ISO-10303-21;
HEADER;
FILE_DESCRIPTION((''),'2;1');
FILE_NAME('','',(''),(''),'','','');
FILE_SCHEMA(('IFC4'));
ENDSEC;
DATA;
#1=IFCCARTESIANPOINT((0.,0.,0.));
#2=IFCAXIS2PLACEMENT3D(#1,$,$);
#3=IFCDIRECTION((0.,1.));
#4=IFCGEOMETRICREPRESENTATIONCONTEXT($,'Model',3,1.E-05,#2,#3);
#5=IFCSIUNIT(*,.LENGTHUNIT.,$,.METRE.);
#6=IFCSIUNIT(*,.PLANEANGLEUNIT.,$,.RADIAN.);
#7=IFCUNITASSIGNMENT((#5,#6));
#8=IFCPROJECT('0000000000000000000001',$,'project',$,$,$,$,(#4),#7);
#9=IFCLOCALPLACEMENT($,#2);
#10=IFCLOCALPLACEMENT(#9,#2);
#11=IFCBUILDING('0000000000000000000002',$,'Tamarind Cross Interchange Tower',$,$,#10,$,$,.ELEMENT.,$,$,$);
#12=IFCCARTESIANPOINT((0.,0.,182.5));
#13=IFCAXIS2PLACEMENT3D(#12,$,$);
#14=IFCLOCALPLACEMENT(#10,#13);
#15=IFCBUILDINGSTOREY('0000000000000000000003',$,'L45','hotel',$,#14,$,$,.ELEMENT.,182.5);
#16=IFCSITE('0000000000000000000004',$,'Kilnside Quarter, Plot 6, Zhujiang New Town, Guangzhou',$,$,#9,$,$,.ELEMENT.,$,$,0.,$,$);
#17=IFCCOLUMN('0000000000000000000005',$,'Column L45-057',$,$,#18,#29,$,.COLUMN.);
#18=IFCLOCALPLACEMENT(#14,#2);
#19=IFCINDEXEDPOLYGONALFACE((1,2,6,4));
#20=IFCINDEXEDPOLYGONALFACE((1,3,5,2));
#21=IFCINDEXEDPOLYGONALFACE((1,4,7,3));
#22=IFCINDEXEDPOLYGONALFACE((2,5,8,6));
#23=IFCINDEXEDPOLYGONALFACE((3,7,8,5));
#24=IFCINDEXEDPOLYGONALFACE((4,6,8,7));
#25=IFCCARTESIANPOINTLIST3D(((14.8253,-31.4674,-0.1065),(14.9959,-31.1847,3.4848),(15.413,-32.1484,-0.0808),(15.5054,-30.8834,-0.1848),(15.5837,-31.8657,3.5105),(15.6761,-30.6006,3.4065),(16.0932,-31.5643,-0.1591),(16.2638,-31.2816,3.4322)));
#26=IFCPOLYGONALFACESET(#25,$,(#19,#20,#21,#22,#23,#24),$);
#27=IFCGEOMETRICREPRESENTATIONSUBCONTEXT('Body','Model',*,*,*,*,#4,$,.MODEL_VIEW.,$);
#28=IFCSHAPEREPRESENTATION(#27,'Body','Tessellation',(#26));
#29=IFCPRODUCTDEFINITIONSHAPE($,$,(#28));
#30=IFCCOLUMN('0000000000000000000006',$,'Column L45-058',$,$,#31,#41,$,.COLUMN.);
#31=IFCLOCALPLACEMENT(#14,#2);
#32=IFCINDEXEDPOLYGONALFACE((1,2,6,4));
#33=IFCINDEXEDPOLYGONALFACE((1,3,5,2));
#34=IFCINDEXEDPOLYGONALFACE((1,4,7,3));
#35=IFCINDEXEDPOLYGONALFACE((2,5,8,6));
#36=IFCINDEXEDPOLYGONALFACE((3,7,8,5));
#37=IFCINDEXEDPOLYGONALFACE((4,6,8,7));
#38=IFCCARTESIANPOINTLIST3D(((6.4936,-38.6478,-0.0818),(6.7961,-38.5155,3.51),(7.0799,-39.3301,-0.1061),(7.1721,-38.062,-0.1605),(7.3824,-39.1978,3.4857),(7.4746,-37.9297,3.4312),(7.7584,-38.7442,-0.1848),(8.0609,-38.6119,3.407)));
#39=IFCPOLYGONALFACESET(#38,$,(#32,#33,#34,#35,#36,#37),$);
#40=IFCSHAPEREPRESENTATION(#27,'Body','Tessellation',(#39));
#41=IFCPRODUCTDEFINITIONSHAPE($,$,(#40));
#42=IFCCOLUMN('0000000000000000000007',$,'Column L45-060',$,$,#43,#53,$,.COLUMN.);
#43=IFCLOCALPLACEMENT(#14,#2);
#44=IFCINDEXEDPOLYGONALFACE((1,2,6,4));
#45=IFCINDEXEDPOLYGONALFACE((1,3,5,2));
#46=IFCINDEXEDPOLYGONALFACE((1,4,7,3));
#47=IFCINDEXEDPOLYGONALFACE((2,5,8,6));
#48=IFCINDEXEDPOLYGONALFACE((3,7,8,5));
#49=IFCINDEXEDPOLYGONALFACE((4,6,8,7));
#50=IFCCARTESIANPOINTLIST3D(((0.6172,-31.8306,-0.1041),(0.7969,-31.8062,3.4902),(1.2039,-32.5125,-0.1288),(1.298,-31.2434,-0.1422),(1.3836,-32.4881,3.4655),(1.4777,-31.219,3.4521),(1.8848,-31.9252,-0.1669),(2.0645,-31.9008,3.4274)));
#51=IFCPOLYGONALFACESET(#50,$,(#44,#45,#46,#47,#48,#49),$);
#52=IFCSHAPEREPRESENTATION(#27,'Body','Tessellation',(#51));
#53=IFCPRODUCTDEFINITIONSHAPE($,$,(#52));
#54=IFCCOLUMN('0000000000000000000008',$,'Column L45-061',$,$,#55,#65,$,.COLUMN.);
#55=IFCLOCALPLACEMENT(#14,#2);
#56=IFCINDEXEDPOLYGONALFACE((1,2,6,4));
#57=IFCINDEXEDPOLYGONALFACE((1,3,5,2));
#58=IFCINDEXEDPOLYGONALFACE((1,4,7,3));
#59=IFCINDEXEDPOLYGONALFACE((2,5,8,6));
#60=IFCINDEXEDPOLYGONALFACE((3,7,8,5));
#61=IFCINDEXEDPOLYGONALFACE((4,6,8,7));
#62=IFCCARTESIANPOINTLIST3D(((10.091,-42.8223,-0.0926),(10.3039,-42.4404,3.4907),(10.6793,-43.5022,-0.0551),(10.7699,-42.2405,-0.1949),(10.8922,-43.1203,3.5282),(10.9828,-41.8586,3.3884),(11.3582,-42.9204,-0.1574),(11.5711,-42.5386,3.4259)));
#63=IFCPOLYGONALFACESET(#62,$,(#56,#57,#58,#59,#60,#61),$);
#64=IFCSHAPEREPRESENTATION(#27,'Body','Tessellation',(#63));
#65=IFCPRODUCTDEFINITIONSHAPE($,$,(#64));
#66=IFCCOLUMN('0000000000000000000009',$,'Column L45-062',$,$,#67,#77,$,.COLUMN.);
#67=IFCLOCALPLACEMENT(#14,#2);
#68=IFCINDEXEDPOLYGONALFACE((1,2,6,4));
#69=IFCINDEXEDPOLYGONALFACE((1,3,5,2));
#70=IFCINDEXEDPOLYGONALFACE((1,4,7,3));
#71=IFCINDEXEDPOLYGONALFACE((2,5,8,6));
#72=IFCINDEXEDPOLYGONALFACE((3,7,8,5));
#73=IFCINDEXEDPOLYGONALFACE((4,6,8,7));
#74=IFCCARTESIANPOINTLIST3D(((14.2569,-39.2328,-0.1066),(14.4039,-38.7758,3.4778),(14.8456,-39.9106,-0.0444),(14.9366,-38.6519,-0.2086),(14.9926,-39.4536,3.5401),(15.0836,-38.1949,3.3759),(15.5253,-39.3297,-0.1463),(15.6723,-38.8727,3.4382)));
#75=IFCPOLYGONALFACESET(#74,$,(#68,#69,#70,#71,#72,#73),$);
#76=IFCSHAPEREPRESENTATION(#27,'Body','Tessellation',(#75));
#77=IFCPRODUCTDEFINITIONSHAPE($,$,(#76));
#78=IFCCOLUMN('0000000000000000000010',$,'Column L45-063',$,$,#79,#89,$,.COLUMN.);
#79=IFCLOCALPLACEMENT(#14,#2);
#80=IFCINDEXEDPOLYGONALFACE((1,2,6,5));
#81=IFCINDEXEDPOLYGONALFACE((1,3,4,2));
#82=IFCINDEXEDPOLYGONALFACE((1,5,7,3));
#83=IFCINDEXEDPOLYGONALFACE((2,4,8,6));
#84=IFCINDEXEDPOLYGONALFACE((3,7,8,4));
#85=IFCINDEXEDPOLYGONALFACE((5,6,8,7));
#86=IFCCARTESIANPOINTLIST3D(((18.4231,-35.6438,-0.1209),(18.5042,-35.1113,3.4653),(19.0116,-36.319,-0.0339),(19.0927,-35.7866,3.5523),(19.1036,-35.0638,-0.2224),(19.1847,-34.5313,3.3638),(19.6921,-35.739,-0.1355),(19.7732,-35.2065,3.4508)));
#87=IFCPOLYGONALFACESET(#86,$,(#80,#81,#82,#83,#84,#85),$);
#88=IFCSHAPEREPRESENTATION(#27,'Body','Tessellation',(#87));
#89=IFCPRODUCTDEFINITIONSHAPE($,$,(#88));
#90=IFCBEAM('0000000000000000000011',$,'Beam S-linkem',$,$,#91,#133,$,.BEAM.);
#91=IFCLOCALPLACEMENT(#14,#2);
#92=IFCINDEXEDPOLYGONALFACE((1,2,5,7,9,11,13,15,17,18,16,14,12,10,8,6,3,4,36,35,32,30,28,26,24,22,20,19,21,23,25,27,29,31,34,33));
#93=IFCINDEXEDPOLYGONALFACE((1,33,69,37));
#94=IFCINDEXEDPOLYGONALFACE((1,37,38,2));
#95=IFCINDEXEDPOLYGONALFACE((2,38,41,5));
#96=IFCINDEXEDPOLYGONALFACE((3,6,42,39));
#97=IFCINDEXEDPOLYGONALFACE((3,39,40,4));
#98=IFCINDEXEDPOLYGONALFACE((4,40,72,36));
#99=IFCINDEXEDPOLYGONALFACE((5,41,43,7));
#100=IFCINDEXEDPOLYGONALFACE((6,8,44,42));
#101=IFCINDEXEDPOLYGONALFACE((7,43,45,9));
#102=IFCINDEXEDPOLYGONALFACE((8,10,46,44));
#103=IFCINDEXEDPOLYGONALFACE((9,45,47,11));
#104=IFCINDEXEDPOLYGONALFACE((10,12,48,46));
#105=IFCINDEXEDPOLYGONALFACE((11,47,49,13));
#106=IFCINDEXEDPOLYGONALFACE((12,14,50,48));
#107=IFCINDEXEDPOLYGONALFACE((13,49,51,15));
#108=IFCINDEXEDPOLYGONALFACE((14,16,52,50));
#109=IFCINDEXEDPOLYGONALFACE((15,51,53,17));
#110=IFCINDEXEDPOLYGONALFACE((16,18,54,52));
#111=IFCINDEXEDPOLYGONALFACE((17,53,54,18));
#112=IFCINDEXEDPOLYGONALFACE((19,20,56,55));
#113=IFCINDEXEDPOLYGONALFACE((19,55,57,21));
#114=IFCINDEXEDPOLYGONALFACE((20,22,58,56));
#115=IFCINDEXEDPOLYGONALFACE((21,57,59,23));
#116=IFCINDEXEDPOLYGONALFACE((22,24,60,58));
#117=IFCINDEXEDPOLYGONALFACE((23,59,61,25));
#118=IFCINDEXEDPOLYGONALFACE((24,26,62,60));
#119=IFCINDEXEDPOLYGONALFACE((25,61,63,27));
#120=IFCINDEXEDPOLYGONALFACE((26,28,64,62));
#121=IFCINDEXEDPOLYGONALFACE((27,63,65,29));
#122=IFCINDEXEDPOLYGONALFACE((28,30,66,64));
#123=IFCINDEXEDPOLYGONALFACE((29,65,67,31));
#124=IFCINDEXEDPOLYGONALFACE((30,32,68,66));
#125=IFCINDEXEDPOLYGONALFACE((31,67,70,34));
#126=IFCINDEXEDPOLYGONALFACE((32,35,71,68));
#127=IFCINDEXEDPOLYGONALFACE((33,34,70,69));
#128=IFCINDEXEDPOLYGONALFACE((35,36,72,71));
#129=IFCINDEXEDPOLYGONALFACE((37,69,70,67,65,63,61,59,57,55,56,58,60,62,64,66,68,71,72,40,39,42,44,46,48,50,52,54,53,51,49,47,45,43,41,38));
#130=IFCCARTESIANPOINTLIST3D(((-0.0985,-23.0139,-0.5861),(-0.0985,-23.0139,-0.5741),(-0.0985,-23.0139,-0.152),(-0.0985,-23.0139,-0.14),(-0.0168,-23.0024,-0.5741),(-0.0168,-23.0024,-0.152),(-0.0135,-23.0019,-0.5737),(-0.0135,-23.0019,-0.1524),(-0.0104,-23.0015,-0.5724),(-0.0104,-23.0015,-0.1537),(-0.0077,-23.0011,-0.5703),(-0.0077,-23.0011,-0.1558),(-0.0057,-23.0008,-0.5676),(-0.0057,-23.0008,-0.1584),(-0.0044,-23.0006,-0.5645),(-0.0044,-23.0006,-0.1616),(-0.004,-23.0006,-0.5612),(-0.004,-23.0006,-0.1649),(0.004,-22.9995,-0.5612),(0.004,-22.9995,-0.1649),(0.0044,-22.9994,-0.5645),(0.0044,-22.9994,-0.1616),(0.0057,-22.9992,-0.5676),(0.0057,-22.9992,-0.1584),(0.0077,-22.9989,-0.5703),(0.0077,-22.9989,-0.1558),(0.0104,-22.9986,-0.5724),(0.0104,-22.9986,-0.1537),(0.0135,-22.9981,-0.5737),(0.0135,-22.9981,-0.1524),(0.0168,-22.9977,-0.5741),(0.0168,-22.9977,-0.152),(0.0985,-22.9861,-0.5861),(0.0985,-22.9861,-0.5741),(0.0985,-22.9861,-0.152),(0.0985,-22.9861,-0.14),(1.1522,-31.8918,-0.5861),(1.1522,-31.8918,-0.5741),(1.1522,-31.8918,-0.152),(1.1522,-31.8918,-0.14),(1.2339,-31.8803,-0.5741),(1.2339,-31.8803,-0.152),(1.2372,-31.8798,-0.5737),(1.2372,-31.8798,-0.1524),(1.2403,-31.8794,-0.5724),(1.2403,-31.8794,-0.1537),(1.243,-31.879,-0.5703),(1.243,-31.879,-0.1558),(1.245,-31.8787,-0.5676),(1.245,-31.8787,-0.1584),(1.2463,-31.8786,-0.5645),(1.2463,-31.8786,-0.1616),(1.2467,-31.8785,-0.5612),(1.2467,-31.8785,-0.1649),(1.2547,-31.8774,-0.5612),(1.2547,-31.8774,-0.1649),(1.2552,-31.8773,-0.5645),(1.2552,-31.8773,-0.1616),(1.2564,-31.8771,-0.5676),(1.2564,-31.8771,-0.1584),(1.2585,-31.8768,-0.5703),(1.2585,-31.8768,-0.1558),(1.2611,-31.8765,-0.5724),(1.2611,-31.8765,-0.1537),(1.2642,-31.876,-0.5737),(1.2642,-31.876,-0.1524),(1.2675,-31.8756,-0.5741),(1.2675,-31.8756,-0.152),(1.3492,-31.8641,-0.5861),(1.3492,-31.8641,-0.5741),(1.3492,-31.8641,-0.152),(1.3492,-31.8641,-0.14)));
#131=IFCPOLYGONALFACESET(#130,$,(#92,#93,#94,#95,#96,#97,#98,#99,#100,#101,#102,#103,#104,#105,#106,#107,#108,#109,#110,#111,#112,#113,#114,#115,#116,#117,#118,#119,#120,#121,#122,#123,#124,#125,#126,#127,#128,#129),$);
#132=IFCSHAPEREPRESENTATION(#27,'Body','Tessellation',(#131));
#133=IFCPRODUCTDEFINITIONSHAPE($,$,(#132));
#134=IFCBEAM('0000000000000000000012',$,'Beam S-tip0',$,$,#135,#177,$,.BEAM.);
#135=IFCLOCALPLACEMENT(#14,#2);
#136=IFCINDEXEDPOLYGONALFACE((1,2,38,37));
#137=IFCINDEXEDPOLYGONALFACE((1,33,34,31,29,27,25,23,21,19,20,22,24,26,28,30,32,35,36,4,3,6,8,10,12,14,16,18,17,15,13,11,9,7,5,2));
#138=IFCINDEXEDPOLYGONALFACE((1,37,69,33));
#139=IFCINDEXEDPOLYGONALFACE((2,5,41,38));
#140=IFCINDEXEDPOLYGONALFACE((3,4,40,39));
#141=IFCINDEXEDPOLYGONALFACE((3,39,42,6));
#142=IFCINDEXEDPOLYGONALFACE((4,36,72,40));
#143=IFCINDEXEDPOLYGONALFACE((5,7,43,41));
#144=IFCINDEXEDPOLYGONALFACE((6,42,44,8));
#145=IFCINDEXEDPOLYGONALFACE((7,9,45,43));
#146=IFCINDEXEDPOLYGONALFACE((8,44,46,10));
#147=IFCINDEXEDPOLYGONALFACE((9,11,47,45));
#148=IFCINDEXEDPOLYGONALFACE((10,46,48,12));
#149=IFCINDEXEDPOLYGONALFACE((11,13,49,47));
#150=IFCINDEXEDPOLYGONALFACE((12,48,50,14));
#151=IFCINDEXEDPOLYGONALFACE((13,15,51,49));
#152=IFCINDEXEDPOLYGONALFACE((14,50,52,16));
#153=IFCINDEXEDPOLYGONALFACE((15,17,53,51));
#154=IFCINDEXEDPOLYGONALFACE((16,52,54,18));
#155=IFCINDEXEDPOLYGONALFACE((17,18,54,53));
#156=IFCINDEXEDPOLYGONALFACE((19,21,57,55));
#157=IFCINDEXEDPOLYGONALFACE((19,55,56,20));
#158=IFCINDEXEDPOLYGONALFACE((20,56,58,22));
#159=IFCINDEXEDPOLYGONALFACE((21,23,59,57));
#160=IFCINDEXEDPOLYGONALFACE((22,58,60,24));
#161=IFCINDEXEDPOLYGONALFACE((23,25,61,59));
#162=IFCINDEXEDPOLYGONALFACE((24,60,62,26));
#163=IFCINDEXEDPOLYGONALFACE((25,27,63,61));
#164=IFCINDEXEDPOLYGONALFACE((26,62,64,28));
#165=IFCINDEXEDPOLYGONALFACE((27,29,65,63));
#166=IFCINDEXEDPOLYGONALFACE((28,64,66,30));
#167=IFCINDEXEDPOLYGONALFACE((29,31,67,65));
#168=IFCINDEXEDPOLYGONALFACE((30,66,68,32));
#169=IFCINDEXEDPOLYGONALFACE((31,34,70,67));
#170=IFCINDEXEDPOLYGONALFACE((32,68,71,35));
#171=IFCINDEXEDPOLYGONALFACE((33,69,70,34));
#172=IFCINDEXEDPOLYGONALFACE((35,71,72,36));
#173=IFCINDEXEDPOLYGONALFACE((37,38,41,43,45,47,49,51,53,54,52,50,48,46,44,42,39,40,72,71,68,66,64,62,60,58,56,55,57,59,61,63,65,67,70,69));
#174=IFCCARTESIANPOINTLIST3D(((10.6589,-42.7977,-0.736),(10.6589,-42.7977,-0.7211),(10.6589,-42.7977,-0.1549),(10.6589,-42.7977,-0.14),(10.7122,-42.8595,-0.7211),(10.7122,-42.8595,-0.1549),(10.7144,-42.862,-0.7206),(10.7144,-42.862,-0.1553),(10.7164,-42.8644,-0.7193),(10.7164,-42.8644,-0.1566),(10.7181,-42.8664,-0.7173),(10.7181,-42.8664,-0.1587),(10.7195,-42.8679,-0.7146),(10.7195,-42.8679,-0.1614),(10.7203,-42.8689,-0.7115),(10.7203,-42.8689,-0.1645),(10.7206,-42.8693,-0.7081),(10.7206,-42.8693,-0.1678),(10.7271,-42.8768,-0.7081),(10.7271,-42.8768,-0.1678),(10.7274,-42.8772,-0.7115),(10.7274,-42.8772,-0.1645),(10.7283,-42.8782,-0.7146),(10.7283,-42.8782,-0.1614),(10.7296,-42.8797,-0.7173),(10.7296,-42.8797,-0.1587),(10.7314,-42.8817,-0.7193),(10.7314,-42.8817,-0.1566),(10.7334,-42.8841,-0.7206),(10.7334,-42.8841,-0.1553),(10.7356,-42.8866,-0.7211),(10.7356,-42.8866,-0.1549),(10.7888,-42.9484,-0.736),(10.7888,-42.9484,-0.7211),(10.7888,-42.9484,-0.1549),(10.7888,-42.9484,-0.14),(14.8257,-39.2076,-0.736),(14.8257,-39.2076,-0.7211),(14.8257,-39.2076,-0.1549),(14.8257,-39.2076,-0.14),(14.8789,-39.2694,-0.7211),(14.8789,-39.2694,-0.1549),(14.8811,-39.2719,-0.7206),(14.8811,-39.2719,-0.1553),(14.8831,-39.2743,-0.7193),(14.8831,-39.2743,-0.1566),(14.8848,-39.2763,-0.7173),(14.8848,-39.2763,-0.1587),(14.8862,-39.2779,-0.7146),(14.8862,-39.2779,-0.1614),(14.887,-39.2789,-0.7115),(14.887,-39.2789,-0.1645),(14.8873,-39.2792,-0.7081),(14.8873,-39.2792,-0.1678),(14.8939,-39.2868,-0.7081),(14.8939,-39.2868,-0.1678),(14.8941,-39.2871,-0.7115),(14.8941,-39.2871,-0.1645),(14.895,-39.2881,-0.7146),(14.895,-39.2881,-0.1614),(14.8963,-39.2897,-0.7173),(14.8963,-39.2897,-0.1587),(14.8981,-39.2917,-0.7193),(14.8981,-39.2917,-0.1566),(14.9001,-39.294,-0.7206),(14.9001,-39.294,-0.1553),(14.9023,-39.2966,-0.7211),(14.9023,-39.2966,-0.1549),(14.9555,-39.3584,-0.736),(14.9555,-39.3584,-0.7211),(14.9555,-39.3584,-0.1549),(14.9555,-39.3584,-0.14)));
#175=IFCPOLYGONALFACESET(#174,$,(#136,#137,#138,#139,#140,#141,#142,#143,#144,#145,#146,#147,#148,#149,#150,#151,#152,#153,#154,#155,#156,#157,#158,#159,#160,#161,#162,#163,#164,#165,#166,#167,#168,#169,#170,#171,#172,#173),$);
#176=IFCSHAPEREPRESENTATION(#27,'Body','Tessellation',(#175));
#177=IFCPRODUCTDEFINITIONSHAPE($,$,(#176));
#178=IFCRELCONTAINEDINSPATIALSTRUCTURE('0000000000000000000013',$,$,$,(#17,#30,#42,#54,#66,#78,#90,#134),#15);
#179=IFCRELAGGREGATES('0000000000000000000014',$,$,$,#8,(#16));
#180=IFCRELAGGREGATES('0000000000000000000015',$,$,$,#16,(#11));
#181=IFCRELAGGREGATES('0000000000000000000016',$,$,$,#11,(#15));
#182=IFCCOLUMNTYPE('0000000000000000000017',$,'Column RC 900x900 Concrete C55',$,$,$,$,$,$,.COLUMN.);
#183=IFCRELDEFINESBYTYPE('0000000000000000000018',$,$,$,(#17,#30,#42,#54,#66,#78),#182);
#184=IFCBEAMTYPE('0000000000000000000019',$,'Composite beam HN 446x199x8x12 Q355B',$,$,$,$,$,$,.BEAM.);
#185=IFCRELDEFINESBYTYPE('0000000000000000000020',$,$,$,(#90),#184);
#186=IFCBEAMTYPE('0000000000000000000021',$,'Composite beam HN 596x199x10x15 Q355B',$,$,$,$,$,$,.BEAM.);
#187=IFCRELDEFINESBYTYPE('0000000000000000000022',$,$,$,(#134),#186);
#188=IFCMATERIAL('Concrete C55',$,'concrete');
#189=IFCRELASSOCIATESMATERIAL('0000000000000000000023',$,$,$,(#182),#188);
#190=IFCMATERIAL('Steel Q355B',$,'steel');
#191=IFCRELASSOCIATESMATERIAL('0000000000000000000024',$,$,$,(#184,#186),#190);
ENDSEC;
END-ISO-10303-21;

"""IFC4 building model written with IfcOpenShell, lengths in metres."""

from ifc_helpers import new_model, si_unit, direction, frame, origin, origin_2d, place, context, subcontext, project, spatial, rectangle, i_section, extrude, material, material_profile, profile_set, type_object, element, save


model = new_model("IFC4")

# Units and contexts
model_context = context("Model", 3, precision=1e-05, world=origin(), true_north=direction((0.0, 1.0)))
body_context = subcontext(model_context, "Body", "Model", "MODEL_VIEW")
ifc_project = project(units=[si_unit("LENGTHUNIT", "METRE"), si_unit("PLANEANGLEUNIT", "RADIAN")], contexts=[model_context])

# Site, building, storey
site_placement = place(None, origin())
site = spatial("IfcSite", under=ifc_project, at=site_placement, Name="Kilnside Quarter, Plot 6, Zhujiang New Town, Guangzhou", CompositionType="ELEMENT", RefElevation=0.0)
building_placement = place(site_placement, origin())
building = spatial("IfcBuilding", under=site, at=building_placement, Name="Tamarind Cross Interchange Tower", CompositionType="ELEMENT")
storey_placement = place(building_placement, frame((0.0, 0.0, 182.5)))
storey = spatial("IfcBuildingStorey", under=building, at=storey_placement, Name="L45", Description="hotel", CompositionType="ELEMENT", Elevation=182.5)

# Columns
ifc_material_1 = material(Name="Concrete C55", Category="concrete")
ifc_material_profile_1 = material_profile(ifc_material_1, rectangle(XDim=0.8999, YDim=0.8999, at=origin_2d()), Name="RC 900x900")
ifc_profile_set_1 = profile_set([ifc_material_profile_1], Name="Concrete C55")
column_type = type_object("IfcColumnType", Name="Column RC 900x900 Concrete C55", PredefinedType="COLUMN", material=ifc_profile_set_1)
column_1_placement = place(storey_placement, frame((15.4592, -31.5159, -0.1328), z_axis=(0.047319, 0.078391, 0.995799), x_axis=(-0.755789, -0.64901, 0.087005)))
element("IfcColumn", 1, at=column_1_placement, inside=storey, type_object=column_type, Name="Column L45-057", PredefinedType="COLUMN", context=body_context, shape_type="SweptSolid", body=[
    extrude(rectangle(XDim=0.8999, YDim=0.8999, at=origin_2d()), origin(), (0.0, 0.0, 1.0), 3.6064),
])
column_2_placement = place(storey_placement, frame((7.126, -38.696, -0.1333), z_axis=(0.083863, 0.036686, 0.995802), x_axis=(-0.651509, 0.758163, 0.026937)))
element("IfcColumn", 2, at=column_2_placement, inside=storey, type_object=column_type, Name="Column L45-058", PredefinedType="COLUMN", context=body_context, shape_type="SweptSolid", body=[
    extrude(rectangle(XDim=0.8999, YDim=0.8999, at=origin_2d()), origin(), (0.0, 0.0, 1.0), 3.6069),
])
column_3_placement = place(storey_placement, frame((1.251, -31.8779, -0.1355), z_axis=(0.04993, 0.006784, 0.99873), x_axis=(-0.652014, 0.75771, 0.027449)))
element("IfcColumn", 3, at=column_3_placement, inside=storey, type_object=column_type, Name="Column L45-060", PredefinedType="COLUMN", context=body_context, shape_type="SweptSolid", body=[
    extrude(rectangle(XDim=0.8999, YDim=0.8999, at=origin_2d()), origin(), (0.0, 0.0, 1.0), 3.5989),
])
column_4_placement = place(storey_placement, frame((10.7246, -42.8713, -0.125), z_axis=(0.058975, 0.105777, 0.992639), x_axis=(-0.754389, -0.646503, 0.113713)))
element("IfcColumn", 4, at=column_4_placement, inside=storey, type_object=column_type, Name="Column L45-061", PredefinedType="COLUMN", context=body_context, shape_type="SweptSolid", body=[
    extrude(rectangle(XDim=0.8999, YDim=0.8999, at=origin_2d()), origin(), (0.0, 0.0, 1.0), 3.6099),
])
column_5_placement = place(storey_placement, frame((14.8911, -39.2812, -0.1265), z_axis=(0.04064, 0.126375, 0.99115), x_axis=(-0.75527, -0.645551, 0.113278)))
element("IfcColumn", 5, at=column_5_placement, inside=storey, type_object=column_type, Name="Column L45-062", PredefinedType="COLUMN", context=body_context, shape_type="SweptSolid", body=[
    extrude(rectangle(XDim=0.8999, YDim=0.8999, at=origin_2d()), origin(), (0.0, 0.0, 1.0), 3.6165),
])
column_6_placement = place(storey_placement, frame((19.0576, -35.6914, -0.1282), z_axis=(0.022351, 0.146832, 0.988909), x_axis=(-0.756181, -0.644567, 0.112796)))
element("IfcColumn", 6, at=column_6_placement, inside=storey, type_object=column_type, Name="Column L45-063", PredefinedType="COLUMN", context=body_context, shape_type="SweptSolid", body=[
    extrude(rectangle(XDim=0.8999, YDim=0.8999, at=origin_2d()), origin(), (0.0, 0.0, 1.0), 3.6265),
])

# Beams
ifc_material_2 = material(Name="Steel Q355B", Category="steel")
ifc_material_profile_2 = material_profile(ifc_material_2, i_section(OverallWidth=0.199, OverallDepth=0.446, WebThickness=0.0081, FlangeThickness=0.012, FilletRadius=0.0129, at=origin_2d()), Name="HN 446x199x8x12")
ifc_profile_set_2 = profile_set([ifc_material_profile_2], Name="Steel Q355B")
beam_type_1 = type_object("IfcBeamType", Name="Composite beam HN 446x199x8x12 Q355B", PredefinedType="BEAM", material=ifc_profile_set_2)
beam_1_placement = place(storey_placement, frame((1.2507, -31.8779, -0.363), z_axis=(-0.139503, 0.990222, 0.0), x_axis=(-0.990222, -0.139503, 0.0)))
element("IfcBeam", 7, at=beam_1_placement, inside=storey, type_object=beam_type_1, Name="Beam S-linkem", PredefinedType="BEAM", context=body_context, shape_type="SweptSolid", body=[
    extrude(i_section(OverallWidth=0.199, OverallDepth=0.446, WebThickness=0.0081, FlangeThickness=0.012, FilletRadius=0.0129, at=origin_2d()), origin(), (0.0, 0.0, 1.0), 8.9656),
])
ifc_material_profile_3 = material_profile(ifc_material_2, i_section(OverallWidth=0.199, OverallDepth=0.5959, WebThickness=0.01, FlangeThickness=0.0149, FilletRadius=0.0129, at=origin_2d()), Name="HN 596x199x10x15")
ifc_profile_set_3 = profile_set([ifc_material_profile_3], Name="Steel Q355B")
beam_type_2 = type_object("IfcBeamType", Name="Composite beam HN 596x199x10x15 Q355B", PredefinedType="BEAM", material=ifc_profile_set_3)
for number, where, z_axis, x_axis, name in (
    (8, (10.7239, -42.873, -0.438), (0.757584, 0.652738, 0.0), (-0.652738, 0.757584, 0.0), "Beam S-tip0"),
):
    element("IfcBeam", number, at=place(storey_placement, frame(where, z_axis=z_axis, x_axis=x_axis)), inside=storey, type_object=beam_type_2, Name=name, PredefinedType="BEAM", context=body_context, shape_type="SweptSolid", body=[
        extrude(i_section(OverallWidth=0.199, OverallDepth=0.5959, WebThickness=0.01, FlangeThickness=0.0149, FilletRadius=0.0129, at=origin_2d()), origin(), (0.0, 0.0, 1.0), 5.5),
    ])

save(model, "model.ifc")
